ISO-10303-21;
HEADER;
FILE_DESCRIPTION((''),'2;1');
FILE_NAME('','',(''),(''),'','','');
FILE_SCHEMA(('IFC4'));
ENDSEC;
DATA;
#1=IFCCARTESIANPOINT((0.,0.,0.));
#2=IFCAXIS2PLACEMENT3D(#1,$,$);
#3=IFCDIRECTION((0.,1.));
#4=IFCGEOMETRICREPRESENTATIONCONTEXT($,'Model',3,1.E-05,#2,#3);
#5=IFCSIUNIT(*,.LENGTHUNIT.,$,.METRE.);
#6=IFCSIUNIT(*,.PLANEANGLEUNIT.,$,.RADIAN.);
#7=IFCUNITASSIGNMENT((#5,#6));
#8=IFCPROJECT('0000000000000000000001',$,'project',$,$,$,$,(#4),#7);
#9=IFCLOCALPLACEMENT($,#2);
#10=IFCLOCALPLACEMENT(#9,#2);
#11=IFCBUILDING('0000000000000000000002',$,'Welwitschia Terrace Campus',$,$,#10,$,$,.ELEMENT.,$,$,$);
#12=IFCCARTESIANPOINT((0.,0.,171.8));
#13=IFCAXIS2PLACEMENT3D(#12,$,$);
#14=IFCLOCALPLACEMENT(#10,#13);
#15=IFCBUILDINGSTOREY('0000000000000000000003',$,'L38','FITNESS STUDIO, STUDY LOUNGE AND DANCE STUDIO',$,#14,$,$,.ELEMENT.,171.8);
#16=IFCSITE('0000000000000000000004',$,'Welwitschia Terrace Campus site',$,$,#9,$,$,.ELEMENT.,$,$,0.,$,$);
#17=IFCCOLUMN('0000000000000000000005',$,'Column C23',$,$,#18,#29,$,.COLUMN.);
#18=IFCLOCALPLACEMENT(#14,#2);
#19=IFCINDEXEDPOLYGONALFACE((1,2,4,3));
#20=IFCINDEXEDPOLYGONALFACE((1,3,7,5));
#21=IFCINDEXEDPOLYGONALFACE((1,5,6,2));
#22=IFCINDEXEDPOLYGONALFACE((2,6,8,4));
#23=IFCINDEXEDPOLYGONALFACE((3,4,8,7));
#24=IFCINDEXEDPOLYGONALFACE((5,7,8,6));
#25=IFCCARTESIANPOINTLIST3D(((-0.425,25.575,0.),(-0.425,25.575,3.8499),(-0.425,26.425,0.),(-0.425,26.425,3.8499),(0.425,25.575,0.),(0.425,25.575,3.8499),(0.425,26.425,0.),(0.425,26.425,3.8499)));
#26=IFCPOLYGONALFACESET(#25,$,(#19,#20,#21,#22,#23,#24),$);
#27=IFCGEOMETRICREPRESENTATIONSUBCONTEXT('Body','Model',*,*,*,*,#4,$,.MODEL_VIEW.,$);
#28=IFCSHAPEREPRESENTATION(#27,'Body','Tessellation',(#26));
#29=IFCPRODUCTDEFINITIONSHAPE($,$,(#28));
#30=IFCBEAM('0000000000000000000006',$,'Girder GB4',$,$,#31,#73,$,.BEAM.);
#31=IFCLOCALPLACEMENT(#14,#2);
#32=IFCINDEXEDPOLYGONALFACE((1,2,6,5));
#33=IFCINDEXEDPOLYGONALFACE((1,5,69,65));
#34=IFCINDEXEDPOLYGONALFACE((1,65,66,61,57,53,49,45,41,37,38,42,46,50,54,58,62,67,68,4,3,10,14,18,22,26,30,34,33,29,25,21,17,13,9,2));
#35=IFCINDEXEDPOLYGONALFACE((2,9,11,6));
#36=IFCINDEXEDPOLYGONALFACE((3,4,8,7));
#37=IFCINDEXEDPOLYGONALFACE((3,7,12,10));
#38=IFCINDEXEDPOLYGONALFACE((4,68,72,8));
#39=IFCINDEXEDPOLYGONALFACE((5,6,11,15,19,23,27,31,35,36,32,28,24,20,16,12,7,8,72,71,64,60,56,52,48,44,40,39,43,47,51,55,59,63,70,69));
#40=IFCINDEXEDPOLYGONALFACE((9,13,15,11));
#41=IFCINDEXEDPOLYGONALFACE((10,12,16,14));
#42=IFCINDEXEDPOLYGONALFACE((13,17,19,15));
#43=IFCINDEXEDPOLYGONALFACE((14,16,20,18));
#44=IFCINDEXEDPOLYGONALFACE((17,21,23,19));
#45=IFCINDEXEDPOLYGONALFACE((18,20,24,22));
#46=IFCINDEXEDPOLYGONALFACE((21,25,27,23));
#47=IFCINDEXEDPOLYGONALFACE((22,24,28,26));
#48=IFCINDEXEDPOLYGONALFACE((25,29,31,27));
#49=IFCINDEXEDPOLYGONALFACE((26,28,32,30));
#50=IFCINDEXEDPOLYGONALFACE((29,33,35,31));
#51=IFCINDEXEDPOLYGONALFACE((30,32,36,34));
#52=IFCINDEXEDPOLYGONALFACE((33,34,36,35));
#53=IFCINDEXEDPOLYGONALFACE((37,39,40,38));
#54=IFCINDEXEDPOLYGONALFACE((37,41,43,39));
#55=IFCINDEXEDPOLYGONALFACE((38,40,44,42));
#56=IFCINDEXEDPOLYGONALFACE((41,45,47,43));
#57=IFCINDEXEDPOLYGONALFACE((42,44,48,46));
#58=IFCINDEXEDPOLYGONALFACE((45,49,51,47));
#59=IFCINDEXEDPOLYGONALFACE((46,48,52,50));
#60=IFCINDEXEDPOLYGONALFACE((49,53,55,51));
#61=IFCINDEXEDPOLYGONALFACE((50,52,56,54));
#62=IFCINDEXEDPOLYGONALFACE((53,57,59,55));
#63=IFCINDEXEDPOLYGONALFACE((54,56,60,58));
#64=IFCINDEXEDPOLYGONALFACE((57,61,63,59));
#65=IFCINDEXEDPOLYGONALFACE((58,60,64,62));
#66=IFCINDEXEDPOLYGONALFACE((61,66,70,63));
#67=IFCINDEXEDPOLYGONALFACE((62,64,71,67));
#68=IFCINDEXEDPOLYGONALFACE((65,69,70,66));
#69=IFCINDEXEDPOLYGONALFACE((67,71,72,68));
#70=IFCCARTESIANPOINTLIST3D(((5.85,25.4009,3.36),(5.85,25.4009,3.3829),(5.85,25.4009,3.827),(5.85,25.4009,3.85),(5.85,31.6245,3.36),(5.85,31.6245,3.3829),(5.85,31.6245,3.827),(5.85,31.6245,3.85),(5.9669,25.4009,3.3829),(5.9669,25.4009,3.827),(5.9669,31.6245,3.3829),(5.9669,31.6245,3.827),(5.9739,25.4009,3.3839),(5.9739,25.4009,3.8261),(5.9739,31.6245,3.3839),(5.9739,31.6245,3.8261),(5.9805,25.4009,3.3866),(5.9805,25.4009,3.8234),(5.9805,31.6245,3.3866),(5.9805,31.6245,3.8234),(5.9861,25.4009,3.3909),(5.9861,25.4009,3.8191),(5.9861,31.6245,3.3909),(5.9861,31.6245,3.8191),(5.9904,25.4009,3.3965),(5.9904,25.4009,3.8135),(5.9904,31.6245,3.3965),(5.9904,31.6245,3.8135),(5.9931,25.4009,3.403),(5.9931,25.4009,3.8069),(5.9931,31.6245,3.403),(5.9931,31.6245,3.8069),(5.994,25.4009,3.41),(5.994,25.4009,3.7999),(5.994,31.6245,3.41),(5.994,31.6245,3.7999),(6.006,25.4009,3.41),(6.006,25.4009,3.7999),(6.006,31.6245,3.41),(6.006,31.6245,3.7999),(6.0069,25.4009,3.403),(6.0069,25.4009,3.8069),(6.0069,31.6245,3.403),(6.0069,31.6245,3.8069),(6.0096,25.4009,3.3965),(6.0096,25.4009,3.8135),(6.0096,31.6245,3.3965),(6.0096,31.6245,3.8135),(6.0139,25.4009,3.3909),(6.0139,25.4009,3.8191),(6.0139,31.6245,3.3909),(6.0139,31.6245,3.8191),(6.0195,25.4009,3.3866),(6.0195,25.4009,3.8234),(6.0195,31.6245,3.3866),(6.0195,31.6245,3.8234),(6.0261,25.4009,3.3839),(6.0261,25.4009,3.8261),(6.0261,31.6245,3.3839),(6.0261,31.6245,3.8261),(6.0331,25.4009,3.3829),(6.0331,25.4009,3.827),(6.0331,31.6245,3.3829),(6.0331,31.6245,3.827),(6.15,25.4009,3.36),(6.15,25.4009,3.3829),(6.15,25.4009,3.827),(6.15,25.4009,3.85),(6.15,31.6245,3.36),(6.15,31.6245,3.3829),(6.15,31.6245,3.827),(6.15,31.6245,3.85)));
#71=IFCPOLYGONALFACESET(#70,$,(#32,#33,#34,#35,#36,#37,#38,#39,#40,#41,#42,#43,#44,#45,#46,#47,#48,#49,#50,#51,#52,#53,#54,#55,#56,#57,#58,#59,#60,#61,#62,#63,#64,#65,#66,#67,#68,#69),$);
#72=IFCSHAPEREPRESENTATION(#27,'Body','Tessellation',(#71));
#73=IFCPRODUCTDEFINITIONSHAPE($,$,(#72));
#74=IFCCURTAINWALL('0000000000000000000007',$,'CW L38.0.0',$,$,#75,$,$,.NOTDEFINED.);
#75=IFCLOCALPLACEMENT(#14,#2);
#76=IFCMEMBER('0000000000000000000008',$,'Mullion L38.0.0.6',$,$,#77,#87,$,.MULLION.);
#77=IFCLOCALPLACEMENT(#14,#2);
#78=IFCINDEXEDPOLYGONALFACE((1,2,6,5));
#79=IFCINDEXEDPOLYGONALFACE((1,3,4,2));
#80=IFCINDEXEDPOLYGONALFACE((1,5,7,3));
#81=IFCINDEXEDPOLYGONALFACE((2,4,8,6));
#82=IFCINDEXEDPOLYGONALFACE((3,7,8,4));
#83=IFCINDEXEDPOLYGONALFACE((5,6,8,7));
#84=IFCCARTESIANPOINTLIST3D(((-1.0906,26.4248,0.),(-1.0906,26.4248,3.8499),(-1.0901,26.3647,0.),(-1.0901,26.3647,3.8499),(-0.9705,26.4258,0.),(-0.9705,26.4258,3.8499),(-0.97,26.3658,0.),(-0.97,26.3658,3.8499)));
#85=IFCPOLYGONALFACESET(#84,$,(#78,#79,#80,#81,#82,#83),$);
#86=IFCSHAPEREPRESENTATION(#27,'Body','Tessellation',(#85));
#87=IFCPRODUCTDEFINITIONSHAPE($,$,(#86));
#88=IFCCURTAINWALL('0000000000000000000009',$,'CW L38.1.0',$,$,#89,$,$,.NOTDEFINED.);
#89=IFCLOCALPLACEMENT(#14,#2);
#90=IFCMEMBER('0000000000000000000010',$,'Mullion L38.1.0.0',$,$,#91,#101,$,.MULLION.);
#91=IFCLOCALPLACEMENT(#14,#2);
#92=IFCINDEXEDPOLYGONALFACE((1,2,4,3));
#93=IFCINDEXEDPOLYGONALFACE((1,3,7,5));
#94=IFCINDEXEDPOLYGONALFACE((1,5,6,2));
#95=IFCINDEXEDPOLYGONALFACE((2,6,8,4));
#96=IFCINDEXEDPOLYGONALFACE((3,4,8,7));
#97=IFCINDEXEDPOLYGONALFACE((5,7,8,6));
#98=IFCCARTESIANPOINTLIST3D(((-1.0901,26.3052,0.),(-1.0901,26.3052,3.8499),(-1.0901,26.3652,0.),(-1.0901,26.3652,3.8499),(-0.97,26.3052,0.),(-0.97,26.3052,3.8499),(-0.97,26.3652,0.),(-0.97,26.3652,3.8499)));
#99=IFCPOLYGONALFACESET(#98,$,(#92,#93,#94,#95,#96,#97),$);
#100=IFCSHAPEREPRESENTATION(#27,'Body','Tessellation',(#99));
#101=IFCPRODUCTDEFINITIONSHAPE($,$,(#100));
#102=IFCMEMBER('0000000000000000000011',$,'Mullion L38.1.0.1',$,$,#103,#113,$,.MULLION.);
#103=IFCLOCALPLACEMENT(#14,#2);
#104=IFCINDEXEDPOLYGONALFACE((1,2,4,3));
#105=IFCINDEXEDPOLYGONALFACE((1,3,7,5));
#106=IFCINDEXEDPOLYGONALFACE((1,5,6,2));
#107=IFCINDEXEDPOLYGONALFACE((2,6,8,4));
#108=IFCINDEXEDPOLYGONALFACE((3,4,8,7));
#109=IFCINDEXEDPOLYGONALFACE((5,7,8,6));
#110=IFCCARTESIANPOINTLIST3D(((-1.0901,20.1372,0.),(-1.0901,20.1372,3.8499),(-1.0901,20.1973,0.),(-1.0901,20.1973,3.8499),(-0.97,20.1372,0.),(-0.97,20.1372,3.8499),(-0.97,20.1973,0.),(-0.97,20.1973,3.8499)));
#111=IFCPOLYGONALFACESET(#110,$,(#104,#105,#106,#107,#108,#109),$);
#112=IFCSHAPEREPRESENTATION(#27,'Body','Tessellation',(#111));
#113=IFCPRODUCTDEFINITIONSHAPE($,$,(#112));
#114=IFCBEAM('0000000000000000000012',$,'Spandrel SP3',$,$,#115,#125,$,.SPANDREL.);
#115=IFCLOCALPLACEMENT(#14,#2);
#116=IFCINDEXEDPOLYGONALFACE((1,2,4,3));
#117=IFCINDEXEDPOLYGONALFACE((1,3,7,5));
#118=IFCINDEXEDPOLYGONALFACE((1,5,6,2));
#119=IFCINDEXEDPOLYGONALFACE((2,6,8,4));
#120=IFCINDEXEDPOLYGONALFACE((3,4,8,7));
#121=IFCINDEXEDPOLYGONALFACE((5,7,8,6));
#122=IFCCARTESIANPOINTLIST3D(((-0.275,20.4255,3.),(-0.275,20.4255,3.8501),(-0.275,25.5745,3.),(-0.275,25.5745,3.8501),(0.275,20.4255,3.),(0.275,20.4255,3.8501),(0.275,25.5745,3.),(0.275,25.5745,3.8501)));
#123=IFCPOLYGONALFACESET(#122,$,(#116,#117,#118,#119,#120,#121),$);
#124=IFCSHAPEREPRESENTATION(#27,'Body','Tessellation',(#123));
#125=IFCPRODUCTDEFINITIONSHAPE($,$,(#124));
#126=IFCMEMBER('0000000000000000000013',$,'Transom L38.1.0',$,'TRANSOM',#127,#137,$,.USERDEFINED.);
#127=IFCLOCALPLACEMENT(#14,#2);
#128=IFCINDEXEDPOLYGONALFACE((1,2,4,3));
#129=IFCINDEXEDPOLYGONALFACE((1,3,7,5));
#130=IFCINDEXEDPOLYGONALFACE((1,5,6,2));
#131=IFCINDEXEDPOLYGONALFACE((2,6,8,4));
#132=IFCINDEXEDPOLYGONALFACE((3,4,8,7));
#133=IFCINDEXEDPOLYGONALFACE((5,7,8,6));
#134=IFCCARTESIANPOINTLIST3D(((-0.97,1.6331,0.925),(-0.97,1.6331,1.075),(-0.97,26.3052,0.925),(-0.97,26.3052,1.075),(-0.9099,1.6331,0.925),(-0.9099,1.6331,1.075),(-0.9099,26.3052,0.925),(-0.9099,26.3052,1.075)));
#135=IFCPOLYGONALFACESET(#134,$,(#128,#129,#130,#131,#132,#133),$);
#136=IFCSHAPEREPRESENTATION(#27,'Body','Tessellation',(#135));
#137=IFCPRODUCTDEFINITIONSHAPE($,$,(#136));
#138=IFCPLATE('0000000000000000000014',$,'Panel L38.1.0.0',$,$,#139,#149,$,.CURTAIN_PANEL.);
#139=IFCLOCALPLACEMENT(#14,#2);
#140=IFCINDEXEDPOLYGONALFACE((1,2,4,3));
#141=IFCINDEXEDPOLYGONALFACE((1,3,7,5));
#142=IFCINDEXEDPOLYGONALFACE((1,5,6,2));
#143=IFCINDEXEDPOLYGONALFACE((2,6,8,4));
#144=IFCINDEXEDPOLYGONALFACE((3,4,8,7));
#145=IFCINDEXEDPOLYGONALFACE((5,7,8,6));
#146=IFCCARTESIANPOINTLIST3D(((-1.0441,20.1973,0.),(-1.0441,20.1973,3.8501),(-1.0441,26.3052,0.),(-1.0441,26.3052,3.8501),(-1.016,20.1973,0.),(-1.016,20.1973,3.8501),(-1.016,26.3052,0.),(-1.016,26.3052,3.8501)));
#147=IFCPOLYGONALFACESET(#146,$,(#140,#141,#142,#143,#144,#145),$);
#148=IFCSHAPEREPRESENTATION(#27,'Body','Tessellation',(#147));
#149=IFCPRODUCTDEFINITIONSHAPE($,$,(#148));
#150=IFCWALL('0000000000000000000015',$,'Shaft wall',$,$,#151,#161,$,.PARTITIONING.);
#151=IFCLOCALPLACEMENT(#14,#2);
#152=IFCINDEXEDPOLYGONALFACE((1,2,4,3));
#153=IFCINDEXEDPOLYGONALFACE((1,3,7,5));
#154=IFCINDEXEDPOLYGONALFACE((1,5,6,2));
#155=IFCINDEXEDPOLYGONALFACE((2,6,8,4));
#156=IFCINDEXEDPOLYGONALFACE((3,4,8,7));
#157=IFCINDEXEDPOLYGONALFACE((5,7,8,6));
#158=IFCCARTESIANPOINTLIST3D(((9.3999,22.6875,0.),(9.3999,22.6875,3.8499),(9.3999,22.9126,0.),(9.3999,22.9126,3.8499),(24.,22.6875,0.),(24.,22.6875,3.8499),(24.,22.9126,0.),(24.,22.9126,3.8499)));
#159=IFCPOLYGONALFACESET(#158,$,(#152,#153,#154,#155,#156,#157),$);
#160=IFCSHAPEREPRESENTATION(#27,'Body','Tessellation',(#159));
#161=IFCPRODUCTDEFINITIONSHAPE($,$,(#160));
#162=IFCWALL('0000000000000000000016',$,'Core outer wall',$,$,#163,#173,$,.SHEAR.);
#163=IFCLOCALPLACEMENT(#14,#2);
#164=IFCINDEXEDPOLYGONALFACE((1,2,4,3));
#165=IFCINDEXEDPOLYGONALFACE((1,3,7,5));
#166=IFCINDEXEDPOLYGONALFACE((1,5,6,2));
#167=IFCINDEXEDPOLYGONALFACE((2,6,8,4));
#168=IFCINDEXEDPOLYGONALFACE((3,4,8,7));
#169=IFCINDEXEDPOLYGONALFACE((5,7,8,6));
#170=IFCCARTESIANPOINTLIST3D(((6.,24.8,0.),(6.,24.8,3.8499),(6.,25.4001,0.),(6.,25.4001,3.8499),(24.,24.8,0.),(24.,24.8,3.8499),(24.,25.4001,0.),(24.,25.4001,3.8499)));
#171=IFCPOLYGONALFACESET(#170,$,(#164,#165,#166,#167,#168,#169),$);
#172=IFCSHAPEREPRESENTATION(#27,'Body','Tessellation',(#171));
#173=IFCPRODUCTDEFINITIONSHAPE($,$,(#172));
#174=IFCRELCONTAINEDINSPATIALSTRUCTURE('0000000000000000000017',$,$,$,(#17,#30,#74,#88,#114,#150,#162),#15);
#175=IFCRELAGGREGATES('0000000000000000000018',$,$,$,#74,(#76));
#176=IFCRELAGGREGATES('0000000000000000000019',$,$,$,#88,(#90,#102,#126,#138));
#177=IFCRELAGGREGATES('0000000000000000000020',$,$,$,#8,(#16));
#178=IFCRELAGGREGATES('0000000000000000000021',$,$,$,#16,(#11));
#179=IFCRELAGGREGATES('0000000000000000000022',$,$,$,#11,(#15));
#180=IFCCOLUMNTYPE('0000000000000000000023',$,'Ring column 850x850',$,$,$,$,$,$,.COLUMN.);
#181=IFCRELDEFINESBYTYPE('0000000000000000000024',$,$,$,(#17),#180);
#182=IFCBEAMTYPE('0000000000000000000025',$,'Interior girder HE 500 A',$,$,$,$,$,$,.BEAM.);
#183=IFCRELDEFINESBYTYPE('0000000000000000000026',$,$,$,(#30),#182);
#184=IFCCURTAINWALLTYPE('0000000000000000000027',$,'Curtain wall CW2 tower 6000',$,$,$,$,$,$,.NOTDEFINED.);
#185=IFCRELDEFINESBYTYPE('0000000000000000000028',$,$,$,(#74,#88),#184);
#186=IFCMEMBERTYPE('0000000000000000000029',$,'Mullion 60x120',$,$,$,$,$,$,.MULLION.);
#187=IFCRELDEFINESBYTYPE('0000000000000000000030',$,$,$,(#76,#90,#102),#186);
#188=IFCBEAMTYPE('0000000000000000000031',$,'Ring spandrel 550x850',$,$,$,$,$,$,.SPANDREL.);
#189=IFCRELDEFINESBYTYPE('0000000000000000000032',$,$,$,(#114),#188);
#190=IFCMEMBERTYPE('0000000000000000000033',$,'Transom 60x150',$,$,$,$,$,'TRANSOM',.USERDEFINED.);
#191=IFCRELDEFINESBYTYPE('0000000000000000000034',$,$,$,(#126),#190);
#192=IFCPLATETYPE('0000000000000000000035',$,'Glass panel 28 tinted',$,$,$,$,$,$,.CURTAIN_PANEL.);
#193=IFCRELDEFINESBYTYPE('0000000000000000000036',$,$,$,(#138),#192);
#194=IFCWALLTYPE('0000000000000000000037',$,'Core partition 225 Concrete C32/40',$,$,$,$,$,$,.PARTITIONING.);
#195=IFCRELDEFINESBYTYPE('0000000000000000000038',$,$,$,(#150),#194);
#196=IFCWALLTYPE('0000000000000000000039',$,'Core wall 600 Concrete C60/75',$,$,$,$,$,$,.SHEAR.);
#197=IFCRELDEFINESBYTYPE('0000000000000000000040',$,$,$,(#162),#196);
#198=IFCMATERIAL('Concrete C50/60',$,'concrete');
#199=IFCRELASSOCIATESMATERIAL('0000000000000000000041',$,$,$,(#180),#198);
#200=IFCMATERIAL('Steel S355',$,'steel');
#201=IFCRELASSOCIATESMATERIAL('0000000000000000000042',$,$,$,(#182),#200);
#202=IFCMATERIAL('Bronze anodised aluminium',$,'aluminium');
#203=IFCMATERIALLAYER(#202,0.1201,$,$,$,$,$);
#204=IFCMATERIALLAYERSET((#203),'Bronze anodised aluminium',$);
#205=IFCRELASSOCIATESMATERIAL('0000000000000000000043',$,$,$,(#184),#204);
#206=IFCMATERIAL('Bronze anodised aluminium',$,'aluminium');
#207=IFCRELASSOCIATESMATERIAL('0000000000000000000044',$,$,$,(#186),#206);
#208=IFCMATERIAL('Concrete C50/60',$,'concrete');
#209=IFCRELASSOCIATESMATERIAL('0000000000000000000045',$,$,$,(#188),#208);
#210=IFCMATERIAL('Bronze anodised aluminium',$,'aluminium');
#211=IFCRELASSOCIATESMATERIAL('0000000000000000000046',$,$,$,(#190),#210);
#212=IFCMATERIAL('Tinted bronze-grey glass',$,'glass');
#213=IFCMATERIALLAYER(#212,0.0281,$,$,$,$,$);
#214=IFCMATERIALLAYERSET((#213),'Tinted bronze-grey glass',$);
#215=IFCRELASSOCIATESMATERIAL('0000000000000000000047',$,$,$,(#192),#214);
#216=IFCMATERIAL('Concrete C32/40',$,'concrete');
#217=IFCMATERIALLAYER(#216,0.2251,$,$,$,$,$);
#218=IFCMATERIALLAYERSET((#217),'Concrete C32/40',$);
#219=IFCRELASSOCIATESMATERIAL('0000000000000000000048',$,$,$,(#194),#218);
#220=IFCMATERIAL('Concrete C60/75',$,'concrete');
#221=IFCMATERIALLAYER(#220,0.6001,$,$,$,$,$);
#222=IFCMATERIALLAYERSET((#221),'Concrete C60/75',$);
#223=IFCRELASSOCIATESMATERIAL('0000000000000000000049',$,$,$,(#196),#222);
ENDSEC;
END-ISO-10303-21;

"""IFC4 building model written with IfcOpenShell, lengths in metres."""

from ifc_helpers import new_model, si_unit, direction, frame, frame_2d, origin, origin_2d, place, context, subcontext, project, spatial, rectangle, i_section, extrude, material, layer, layer_set, material_profile, profile_set, type_object, element, aggregate, save


model = new_model("IFC4")

# Units and contexts
model_context = context("Model", 3, precision=1e-05, world=origin(), true_north=direction((0.0, 1.0)))
body_context = subcontext(model_context, "Body", "Model", "MODEL_VIEW")
ifc_project = project(units=[si_unit("LENGTHUNIT", "METRE"), si_unit("PLANEANGLEUNIT", "RADIAN")], contexts=[model_context])

# Site, building, storey
site_placement = place(None, origin())
site = spatial("IfcSite", under=ifc_project, at=site_placement, Name="Welwitschia Terrace Campus site", CompositionType="ELEMENT", RefElevation=0.0)
building_placement = place(site_placement, origin())
building = spatial("IfcBuilding", under=site, at=building_placement, Name="Welwitschia Terrace Campus", CompositionType="ELEMENT")
storey_placement = place(building_placement, frame((0.0, 0.0, 171.8)))
storey = spatial("IfcBuildingStorey", under=building, at=storey_placement, Name="L38", Description="FITNESS STUDIO, STUDY LOUNGE AND DANCE STUDIO", CompositionType="ELEMENT", Elevation=171.8)

# Column
ifc_material_1 = material(Name="Concrete C50/60", Category="concrete")
ifc_material_profile_1 = material_profile(ifc_material_1, rectangle(XDim=0.8501, YDim=0.8501, at=origin_2d()))
ifc_profile_set_1 = profile_set([ifc_material_profile_1], Name="Concrete C50/60")
column_type = type_object("IfcColumnType", Name="Ring column 850x850", PredefinedType="COLUMN", material=ifc_profile_set_1)
column_placement = place(storey_placement, frame((0.0, 26.0, 0.0), z_axis=(0.0, 0.0, 1.0), x_axis=(1.0, 0.0, 0.0)))
element("IfcColumn", 1, at=column_placement, inside=storey, type_object=column_type, Name="Column C23", PredefinedType="COLUMN", context=body_context, shape_type="SweptSolid", body=[
    extrude(rectangle(XDim=0.8501, YDim=0.8501, at=origin_2d()), origin(), (0.0, 0.0, 1.0), 3.8499),
])

# Beam
ifc_material_2 = material(Name="Steel S355", Category="steel")
ifc_material_profile_2 = material_profile(ifc_material_2, i_section(OverallWidth=0.3, OverallDepth=0.49, WebThickness=0.012, FlangeThickness=0.0229, FilletRadius=0.0271, at=origin_2d()))
ifc_profile_set_2 = profile_set([ifc_material_profile_2], Name="Steel S355")
beam_type_1 = type_object("IfcBeamType", Name="Interior girder HE 500 A", PredefinedType="BEAM", material=ifc_profile_set_2)
beam_1_placement = place(storey_placement, frame((6.0, 25.4009, 3.605), z_axis=(0.0, 1.0, 0.0), x_axis=(-1.0, 0.0, 0.0)))
element("IfcBeam", 2, at=beam_1_placement, inside=storey, type_object=beam_type_1, Name="Girder GB4", PredefinedType="BEAM", context=body_context, shape_type="SweptSolid", body=[
    extrude(i_section(OverallWidth=0.3, OverallDepth=0.49, WebThickness=0.012, FlangeThickness=0.0229, FilletRadius=0.0271, at=origin_2d()), origin(), (0.0, 0.0, 1.0), 6.2236),
])

# Curtain wall, member
ifc_material_3 = material(Name="Bronze anodised aluminium", Category="aluminium")
ifc_layer_1 = layer(ifc_material_3, 0.1201)
ifc_layer_set_1 = layer_set([ifc_layer_1], Name="Bronze anodised aluminium")
curtain_wall_type = type_object("IfcCurtainWallType", Name="Curtain wall CW2 tower 6000", PredefinedType="NOTDEFINED", material=ifc_layer_set_1)
curtain_wall_1_placement = place(storey_placement, origin())
curtain_wall_1 = element("IfcCurtainWall", 3, at=curtain_wall_1_placement, inside=storey, type_object=curtain_wall_type, Name="CW L38.0.0", PredefinedType="NOTDEFINED")
ifc_material_4 = material(Name="Bronze anodised aluminium", Category="aluminium")
ifc_material_profile_3 = material_profile(ifc_material_4, rectangle(XDim=0.1201, YDim=0.0601, at=origin_2d()))
ifc_profile_set_3 = profile_set([ifc_material_profile_3], Name="Bronze anodised aluminium")
member_type_1 = type_object("IfcMemberType", Name="Mullion 60x120", PredefinedType="MULLION", material=ifc_profile_set_3)
member_1_placement = place(storey_placement, frame((-1.0303, 26.3953, 0.0), z_axis=(0.0, 0.0, 1.0), x_axis=(0.999962, 0.008727, 0.0)))
member_1 = element("IfcMember", 4, at=member_1_placement, type_object=member_type_1, Name="Mullion L38.0.0.6", PredefinedType="MULLION", context=body_context, shape_type="SweptSolid", body=[
    extrude(rectangle(XDim=0.1201, YDim=0.0601, at=origin_2d()), origin(), (0.0, 0.0, 1.0), 3.8499),
])
aggregate(curtain_wall_1, [member_1])

# Curtain wall, members
curtain_wall_2_placement = place(storey_placement, origin())
curtain_wall_2 = element("IfcCurtainWall", 5, at=curtain_wall_2_placement, inside=storey, type_object=curtain_wall_type, Name="CW L38.1.0", PredefinedType="NOTDEFINED")
member_2_placement = place(storey_placement, frame((-1.03, 26.3352, 0.0), z_axis=(0.0, 0.0, 1.0), x_axis=(1.0, 0.0, 0.0)))
member_2 = element("IfcMember", 6, at=member_2_placement, type_object=member_type_1, Name="Mullion L38.1.0.0", PredefinedType="MULLION", context=body_context, shape_type="SweptSolid", body=[
    extrude(rectangle(XDim=0.1201, YDim=0.0601, at=origin_2d()), origin(), (0.0, 0.0, 1.0), 3.8499),
])
member_3_placement = place(storey_placement, frame((-1.03, 20.1672, 0.0), z_axis=(0.0, 0.0, 1.0), x_axis=(1.0, 0.0, 0.0)))
member_3 = element("IfcMember", 7, at=member_3_placement, type_object=member_type_1, Name="Mullion L38.1.0.1", PredefinedType="MULLION", context=body_context, shape_type="SweptSolid", body=[
    extrude(rectangle(XDim=0.1201, YDim=0.0601, at=origin_2d()), origin(), (0.0, 0.0, 1.0), 3.8499),
])

# Beam
ifc_material_5 = material(Name="Concrete C50/60", Category="concrete")
ifc_material_profile_4 = material_profile(ifc_material_5, rectangle(XDim=0.55, YDim=0.8501, at=origin_2d()))
ifc_profile_set_4 = profile_set([ifc_material_profile_4], Name="Concrete C50/60")
beam_type_2 = type_object("IfcBeamType", Name="Ring spandrel 550x850", PredefinedType="SPANDREL", material=ifc_profile_set_4)
beam_2_placement = place(storey_placement, frame((0.0, 25.5745, 3.425), z_axis=(0.0, -1.0, 0.0), x_axis=(1.0, 0.0, 0.0)))
element("IfcBeam", 8, at=beam_2_placement, inside=storey, type_object=beam_type_2, Name="Spandrel SP3", PredefinedType="SPANDREL", context=body_context, shape_type="SweptSolid", body=[
    extrude(rectangle(XDim=0.55, YDim=0.8501, at=origin_2d()), origin(), (0.0, 0.0, 1.0), 5.1489),
])

# Member
ifc_material_6 = material(Name="Bronze anodised aluminium", Category="aluminium")
ifc_material_profile_5 = material_profile(ifc_material_6, rectangle(XDim=0.0601, YDim=0.1499, at=origin_2d()))
ifc_profile_set_5 = profile_set([ifc_material_profile_5], Name="Bronze anodised aluminium")
member_type_2 = type_object("IfcMemberType", Name="Transom 60x150", ElementType="TRANSOM", PredefinedType="USERDEFINED", material=ifc_profile_set_5)
member_4_placement = place(storey_placement, frame((-0.9399, 26.3052, 1.0), z_axis=(0.0, -1.0, 0.0), x_axis=(1.0, 0.0, 0.0)))
member_4 = element("IfcMember", 9, at=member_4_placement, type_object=member_type_2, Name="Transom L38.1.0", ObjectType="TRANSOM", PredefinedType="USERDEFINED", context=body_context, shape_type="SweptSolid", body=[
    extrude(rectangle(XDim=0.0601, YDim=0.1499, at=origin_2d()), origin(), (0.0, 0.0, 1.0), 24.6721),
])

# Plate
ifc_material_7 = material(Name="Tinted bronze-grey glass", Category="glass")
ifc_layer_2 = layer(ifc_material_7, 0.0281)
ifc_layer_set_2 = layer_set([ifc_layer_2], Name="Tinted bronze-grey glass")
plate_type = type_object("IfcPlateType", Name="Glass panel 28 tinted", PredefinedType="CURTAIN_PANEL", material=ifc_layer_set_2)
plate_placement = place(storey_placement, frame((-1.03, 23.2512, 0.0), z_axis=(0.0, 0.0, 1.0), x_axis=(0.0, -1.0, 0.0)))
plate = element("IfcPlate", 10, at=plate_placement, type_object=plate_type, Name="Panel L38.1.0.0", PredefinedType="CURTAIN_PANEL", context=body_context, shape_type="SweptSolid", body=[
    extrude(rectangle(XDim=6.1079, YDim=0.0281, at=origin_2d()), origin(), (0.0, 0.0, 1.0), 3.8501),
])
aggregate(curtain_wall_2, [member_2, member_3, member_4, plate])

# Walls
ifc_material_8 = material(Name="Concrete C32/40", Category="concrete")
ifc_layer_3 = layer(ifc_material_8, 0.2251)
ifc_layer_set_3 = layer_set([ifc_layer_3], Name="Concrete C32/40")
wall_type_1 = type_object("IfcWallType", Name="Core partition 225 Concrete C32/40", PredefinedType="PARTITIONING", material=ifc_layer_set_3)
wall_1_placement = place(storey_placement, frame((9.3999, 22.8, 0.0), z_axis=(0.0, 0.0, 1.0), x_axis=(1.0, 0.0, 0.0)))
element("IfcWall", 11, at=wall_1_placement, inside=storey, type_object=wall_type_1, Name="Shaft wall", PredefinedType="PARTITIONING", context=body_context, shape_type="SweptSolid", body=[
    extrude(rectangle(XDim=14.6001, YDim=0.2251, at=frame_2d((7.3, 0.0))), origin(), (0.0, 0.0, 1.0), 3.8499),
])
ifc_material_9 = material(Name="Concrete C60/75", Category="concrete")
ifc_layer_4 = layer(ifc_material_9, 0.6001)
ifc_layer_set_4 = layer_set([ifc_layer_4], Name="Concrete C60/75")
wall_type_2 = type_object("IfcWallType", Name="Core wall 600 Concrete C60/75", PredefinedType="SHEAR", material=ifc_layer_set_4)
wall_2_placement = place(storey_placement, frame((6.0, 25.1001, 0.0), z_axis=(0.0, 0.0, 1.0), x_axis=(1.0, 0.0, 0.0)))
element("IfcWall", 12, at=wall_2_placement, inside=storey, type_object=wall_type_2, Name="Core outer wall", PredefinedType="SHEAR", context=body_context, shape_type="SweptSolid", body=[
    extrude(rectangle(XDim=18.0, YDim=0.6001, at=frame_2d((9.0, 0.0))), origin(), (0.0, 0.0, 1.0), 3.8499),
])

save(model, "model.ifc")
